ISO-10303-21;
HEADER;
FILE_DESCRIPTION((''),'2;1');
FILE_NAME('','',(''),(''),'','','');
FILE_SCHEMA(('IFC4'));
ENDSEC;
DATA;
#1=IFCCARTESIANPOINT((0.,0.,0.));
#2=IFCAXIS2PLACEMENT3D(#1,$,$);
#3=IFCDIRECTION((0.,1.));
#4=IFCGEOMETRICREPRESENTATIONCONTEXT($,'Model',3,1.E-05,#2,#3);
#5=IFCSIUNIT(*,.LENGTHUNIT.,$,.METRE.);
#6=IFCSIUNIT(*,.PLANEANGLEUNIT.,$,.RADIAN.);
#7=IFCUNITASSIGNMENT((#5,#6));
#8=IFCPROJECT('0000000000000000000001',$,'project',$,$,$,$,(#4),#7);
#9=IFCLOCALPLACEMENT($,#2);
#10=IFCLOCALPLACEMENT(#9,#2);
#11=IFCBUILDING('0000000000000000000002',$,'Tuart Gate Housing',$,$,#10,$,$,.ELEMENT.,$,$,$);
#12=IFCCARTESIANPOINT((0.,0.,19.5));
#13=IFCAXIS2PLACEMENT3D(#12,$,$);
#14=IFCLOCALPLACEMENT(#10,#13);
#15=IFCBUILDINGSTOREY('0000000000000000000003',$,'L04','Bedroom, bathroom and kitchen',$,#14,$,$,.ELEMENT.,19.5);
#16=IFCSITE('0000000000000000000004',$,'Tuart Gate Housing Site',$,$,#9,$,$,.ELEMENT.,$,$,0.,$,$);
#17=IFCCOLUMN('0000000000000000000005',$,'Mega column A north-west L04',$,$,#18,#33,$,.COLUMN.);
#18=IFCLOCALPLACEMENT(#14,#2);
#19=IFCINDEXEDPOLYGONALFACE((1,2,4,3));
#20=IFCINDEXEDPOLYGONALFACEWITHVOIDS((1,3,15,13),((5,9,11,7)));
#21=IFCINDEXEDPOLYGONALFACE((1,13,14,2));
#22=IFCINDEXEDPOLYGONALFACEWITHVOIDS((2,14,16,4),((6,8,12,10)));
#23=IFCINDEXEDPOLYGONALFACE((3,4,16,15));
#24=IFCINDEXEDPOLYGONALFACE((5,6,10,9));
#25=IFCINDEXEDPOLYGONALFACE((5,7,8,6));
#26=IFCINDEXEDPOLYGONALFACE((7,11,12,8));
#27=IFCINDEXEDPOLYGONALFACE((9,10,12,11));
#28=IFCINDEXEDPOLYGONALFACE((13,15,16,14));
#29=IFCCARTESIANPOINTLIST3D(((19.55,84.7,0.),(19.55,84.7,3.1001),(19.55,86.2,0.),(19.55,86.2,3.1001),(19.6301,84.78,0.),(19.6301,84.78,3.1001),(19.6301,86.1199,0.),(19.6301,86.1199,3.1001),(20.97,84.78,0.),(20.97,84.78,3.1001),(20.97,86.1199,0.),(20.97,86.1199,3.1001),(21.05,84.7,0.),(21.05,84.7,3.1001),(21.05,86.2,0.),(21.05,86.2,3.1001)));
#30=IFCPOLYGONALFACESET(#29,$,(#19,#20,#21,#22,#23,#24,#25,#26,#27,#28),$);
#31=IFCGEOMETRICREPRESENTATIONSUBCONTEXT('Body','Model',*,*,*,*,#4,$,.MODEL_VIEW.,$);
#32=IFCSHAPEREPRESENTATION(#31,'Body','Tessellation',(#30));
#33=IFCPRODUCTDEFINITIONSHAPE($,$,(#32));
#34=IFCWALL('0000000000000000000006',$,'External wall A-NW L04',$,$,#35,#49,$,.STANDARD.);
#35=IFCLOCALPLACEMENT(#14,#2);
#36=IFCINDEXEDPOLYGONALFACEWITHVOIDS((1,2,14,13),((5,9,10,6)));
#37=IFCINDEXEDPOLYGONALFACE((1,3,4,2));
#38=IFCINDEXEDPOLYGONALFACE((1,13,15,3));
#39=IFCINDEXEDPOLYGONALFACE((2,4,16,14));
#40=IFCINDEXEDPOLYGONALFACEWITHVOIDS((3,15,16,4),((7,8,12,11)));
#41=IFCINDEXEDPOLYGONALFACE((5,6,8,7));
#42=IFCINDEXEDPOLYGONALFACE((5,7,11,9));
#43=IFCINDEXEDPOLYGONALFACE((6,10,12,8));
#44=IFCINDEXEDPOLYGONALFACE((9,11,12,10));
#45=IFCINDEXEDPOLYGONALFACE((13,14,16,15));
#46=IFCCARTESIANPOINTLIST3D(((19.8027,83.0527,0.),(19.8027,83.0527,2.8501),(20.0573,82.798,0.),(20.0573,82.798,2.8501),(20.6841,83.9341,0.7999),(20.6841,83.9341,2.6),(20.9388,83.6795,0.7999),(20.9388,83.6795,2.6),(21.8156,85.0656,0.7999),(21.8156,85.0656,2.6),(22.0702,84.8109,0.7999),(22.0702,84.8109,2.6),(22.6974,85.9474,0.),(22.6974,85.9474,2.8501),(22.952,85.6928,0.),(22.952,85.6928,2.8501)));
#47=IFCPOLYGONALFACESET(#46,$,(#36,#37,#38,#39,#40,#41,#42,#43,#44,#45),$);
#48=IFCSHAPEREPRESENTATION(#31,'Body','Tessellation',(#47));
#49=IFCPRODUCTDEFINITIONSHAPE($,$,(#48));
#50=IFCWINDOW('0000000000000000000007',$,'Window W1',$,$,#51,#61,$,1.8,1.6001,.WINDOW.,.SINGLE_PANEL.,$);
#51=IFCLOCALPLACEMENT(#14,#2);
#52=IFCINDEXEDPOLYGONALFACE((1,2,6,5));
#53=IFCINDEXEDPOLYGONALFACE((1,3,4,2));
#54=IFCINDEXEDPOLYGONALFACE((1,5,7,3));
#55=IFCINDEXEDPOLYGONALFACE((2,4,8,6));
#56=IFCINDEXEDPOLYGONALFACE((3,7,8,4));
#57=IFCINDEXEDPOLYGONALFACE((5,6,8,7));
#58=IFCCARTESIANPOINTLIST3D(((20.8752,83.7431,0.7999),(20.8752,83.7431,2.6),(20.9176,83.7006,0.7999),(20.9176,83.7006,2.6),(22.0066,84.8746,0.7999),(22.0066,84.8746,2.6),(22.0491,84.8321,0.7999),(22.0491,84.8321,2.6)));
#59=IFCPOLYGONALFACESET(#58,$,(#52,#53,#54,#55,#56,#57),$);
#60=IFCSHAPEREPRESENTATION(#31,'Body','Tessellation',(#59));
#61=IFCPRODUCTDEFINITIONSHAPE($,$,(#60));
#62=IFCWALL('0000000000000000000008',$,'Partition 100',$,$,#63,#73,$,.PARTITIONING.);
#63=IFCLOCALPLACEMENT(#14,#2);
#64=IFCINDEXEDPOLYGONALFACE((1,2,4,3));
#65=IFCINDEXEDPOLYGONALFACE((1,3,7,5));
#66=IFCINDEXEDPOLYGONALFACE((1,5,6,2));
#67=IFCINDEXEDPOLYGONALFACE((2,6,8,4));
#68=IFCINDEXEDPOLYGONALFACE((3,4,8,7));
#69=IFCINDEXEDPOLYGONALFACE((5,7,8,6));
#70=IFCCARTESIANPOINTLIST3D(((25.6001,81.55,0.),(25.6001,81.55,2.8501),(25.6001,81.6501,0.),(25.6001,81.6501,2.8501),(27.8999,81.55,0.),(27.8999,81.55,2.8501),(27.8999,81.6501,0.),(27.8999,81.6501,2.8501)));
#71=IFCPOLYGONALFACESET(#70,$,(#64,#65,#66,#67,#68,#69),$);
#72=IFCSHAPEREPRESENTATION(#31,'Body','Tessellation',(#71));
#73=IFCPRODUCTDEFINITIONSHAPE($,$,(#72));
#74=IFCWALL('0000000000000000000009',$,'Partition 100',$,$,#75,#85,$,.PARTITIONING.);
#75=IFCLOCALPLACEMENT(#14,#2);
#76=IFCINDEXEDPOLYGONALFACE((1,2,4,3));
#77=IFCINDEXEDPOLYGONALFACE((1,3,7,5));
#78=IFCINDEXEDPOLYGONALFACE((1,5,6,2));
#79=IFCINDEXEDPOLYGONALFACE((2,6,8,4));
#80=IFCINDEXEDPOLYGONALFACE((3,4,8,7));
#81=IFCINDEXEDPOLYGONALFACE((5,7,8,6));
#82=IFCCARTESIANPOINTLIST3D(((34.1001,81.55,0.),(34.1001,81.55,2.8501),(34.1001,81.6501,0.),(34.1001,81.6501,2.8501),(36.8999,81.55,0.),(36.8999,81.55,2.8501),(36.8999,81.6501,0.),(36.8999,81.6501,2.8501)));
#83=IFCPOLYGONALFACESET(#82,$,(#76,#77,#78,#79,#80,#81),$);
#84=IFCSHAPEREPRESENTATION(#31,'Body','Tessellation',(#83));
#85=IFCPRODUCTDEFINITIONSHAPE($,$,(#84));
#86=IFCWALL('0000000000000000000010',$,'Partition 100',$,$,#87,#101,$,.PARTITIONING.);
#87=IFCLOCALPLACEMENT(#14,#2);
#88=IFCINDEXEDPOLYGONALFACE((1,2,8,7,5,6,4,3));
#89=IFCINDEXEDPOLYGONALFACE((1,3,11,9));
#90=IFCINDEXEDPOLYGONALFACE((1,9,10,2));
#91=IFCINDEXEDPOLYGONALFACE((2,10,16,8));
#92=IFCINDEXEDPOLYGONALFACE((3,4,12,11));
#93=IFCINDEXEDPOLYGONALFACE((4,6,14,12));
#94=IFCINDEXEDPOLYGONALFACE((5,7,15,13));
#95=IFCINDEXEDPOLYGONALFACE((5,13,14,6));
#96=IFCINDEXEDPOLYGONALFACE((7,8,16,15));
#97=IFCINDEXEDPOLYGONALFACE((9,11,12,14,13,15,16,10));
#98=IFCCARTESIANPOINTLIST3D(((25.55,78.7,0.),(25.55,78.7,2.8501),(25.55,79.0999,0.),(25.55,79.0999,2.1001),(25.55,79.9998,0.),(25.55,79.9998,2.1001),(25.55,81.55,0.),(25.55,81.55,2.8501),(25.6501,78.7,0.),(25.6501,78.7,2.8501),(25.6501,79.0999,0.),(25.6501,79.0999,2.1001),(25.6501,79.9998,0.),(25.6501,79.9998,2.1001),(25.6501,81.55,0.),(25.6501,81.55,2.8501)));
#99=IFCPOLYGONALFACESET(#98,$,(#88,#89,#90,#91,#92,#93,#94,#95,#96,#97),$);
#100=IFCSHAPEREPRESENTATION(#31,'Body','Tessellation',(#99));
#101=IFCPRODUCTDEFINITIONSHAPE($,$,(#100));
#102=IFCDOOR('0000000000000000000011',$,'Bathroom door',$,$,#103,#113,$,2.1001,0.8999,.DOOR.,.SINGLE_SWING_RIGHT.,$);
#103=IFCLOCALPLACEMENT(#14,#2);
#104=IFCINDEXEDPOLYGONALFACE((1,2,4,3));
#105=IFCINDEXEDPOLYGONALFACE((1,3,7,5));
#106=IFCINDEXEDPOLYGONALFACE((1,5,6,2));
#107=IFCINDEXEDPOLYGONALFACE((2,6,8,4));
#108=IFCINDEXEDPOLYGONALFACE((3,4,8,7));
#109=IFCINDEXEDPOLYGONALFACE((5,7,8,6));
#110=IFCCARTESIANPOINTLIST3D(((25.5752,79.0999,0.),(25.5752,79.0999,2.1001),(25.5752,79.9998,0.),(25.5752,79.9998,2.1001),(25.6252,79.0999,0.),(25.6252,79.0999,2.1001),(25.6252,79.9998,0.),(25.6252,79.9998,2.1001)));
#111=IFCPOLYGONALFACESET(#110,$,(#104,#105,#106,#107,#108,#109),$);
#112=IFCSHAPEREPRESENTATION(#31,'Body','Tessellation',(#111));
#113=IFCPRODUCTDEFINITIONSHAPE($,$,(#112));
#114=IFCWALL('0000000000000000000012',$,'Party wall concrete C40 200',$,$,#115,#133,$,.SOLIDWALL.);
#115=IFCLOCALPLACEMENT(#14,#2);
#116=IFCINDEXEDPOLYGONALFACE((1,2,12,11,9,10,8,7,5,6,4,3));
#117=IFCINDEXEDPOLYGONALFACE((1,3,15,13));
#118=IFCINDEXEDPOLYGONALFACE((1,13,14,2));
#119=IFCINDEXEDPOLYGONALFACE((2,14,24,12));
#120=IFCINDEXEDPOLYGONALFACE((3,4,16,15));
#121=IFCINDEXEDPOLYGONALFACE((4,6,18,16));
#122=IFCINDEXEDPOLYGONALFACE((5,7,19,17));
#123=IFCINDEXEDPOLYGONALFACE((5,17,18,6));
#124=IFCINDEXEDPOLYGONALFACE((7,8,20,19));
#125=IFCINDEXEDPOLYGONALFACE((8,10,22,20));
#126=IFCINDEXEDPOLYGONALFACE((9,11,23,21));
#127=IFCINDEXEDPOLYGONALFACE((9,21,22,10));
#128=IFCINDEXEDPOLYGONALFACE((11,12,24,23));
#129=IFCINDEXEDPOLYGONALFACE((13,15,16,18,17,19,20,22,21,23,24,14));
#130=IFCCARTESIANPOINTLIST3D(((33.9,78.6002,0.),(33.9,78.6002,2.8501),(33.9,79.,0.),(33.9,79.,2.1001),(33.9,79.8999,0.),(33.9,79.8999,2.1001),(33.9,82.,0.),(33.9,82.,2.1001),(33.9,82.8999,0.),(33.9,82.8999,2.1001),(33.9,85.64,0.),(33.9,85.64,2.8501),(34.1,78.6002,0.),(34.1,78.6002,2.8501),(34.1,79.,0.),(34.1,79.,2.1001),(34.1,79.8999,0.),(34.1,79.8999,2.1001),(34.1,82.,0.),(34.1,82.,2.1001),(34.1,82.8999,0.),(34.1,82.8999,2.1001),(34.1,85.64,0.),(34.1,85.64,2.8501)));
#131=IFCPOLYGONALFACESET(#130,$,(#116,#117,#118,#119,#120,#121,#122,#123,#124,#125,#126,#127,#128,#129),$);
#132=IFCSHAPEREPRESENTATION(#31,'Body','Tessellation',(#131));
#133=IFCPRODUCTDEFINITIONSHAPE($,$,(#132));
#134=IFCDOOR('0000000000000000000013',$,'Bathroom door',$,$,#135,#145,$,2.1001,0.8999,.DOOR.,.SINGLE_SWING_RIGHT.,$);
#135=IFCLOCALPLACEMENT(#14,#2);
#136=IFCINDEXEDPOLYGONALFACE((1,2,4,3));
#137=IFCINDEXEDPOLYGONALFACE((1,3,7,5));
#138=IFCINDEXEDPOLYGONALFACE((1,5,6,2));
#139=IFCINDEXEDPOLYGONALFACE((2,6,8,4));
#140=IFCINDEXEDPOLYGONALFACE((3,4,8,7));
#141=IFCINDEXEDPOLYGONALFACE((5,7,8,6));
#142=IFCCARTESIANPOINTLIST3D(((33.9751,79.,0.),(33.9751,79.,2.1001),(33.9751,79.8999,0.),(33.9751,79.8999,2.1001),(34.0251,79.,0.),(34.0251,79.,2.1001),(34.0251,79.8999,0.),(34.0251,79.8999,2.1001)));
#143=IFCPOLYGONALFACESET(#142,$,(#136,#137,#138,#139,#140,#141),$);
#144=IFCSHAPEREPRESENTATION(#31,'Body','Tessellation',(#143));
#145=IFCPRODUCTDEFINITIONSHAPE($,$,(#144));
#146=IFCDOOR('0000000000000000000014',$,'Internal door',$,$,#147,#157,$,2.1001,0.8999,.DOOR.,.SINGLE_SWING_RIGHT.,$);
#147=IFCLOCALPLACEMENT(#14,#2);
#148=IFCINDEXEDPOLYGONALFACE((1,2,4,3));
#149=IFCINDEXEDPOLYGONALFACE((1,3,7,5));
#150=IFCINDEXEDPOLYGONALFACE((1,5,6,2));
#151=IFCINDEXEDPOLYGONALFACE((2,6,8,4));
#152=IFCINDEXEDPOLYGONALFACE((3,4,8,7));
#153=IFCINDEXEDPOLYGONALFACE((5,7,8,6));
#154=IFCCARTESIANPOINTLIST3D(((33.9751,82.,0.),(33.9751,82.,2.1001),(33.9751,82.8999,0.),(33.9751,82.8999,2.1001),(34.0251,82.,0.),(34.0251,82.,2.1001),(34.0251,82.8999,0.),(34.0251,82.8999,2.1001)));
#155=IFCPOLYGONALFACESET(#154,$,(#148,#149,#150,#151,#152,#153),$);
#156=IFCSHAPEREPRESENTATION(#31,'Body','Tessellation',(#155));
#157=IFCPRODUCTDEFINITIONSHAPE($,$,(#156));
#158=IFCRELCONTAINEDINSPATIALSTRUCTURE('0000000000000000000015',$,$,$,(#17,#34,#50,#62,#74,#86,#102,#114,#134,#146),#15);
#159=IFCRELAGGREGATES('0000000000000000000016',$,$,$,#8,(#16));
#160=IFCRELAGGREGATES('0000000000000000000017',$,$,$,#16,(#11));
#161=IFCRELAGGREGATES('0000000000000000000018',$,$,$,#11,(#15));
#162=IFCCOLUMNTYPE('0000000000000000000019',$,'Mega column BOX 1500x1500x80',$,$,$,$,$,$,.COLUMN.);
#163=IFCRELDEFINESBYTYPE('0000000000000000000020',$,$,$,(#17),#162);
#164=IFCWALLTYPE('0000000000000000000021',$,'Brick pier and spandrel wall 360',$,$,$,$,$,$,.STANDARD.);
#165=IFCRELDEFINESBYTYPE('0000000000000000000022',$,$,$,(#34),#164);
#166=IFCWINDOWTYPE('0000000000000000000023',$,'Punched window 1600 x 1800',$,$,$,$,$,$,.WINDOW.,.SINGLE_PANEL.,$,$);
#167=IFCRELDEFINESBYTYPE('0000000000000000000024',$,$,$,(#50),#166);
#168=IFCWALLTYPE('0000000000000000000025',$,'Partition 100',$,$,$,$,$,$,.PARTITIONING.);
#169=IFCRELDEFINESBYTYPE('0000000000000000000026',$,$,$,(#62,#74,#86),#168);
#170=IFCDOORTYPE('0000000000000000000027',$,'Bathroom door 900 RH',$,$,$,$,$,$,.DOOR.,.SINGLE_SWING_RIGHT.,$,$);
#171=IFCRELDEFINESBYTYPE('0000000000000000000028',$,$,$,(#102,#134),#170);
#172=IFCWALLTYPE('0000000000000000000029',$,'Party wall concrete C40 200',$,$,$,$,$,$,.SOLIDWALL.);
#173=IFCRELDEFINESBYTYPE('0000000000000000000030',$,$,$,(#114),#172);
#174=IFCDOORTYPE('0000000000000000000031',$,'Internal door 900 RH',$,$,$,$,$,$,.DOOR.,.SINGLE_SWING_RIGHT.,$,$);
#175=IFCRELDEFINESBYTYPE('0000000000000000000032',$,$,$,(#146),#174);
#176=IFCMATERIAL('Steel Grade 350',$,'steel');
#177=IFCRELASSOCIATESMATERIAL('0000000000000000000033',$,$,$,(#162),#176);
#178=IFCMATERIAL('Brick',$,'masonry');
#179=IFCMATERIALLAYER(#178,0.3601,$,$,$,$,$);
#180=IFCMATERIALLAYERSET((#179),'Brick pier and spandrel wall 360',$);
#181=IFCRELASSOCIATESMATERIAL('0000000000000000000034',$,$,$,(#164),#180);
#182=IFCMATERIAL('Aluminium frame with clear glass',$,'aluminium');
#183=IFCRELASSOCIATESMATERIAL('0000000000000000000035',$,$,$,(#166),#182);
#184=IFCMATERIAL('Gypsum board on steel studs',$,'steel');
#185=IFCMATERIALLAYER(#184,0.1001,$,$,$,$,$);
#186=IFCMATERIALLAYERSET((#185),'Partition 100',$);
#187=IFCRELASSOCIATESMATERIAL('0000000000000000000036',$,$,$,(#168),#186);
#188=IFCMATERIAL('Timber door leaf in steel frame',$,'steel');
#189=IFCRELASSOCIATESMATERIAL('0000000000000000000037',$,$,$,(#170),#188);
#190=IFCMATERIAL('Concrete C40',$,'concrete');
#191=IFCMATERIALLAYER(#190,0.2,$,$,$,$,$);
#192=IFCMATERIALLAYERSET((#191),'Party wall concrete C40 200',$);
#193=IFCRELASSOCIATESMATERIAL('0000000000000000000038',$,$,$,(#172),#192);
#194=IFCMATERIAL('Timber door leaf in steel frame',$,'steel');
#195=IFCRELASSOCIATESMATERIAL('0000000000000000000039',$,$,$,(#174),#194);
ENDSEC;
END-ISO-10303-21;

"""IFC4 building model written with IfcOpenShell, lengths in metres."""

from ifc_helpers import new_model, si_unit, direction, frame, frame_2d, origin, origin_2d, place, context, subcontext, project, spatial, rectangle, hollow_rectangle, extrude, material, layer, layer_set, material_profile, profile_set, type_object, element, fill, save


model = new_model("IFC4")

# Units and contexts
model_context = context("Model", 3, precision=1e-05, world=origin(), true_north=direction((0.0, 1.0)))
body_context = subcontext(model_context, "Body", "Model", "MODEL_VIEW")
ifc_project = project(units=[si_unit("LENGTHUNIT", "METRE"), si_unit("PLANEANGLEUNIT", "RADIAN")], contexts=[model_context])

# Site, building, storey
site_placement = place(None, origin())
site = spatial("IfcSite", under=ifc_project, at=site_placement, Name="Tuart Gate Housing Site", CompositionType="ELEMENT", RefElevation=0.0)
building_placement = place(site_placement, origin())
building = spatial("IfcBuilding", under=site, at=building_placement, Name="Tuart Gate Housing", CompositionType="ELEMENT")
storey_placement = place(building_placement, frame((0.0, 0.0, 19.5)))
storey = spatial("IfcBuildingStorey", under=building, at=storey_placement, Name="L04", Description="Bedroom, bathroom and kitchen", CompositionType="ELEMENT", Elevation=19.5)

# Column
ifc_material_1 = material(Name="Steel Grade 350", Category="steel")
ifc_material_profile = material_profile(ifc_material_1, hollow_rectangle(XDim=1.5, YDim=1.5, WallThickness=0.0801, at=origin_2d()), Name="BOX 1500x1500x80")
ifc_profile_set = profile_set([ifc_material_profile], Name="Steel Grade 350")
column_type = type_object("IfcColumnType", Name="Mega column BOX 1500x1500x80", PredefinedType="COLUMN", material=ifc_profile_set)
column_placement = place(storey_placement, frame((20.3, 85.45, 0.0), z_axis=(0.0, 0.0, 1.0), x_axis=(1.0, 0.0, 0.0)))
element("IfcColumn", 1, at=column_placement, inside=storey, type_object=column_type, Name="Mega column A north-west L04", PredefinedType="COLUMN", context=body_context, shape_type="SweptSolid", body=[
    extrude(hollow_rectangle(XDim=1.5, YDim=1.5, WallThickness=0.0801, at=origin_2d()), origin(), (0.0, 0.0, 1.0), 3.1001),
])

# Wall, opening, window
ifc_material_2 = material(Name="Brick", Category="masonry")
ifc_layer_1 = layer(ifc_material_2, 0.3601)
ifc_layer_set_1 = layer_set([ifc_layer_1], Name="Brick pier and spandrel wall 360")
wall_type_1 = type_object("IfcWallType", Name="Brick pier and spandrel wall 360", PredefinedType="STANDARD", material=ifc_layer_set_1)
wall_1_placement = place(storey_placement, frame((22.8247, 85.8201, 0.0), z_axis=(0.0, 0.0, 1.0), x_axis=(-0.707107, -0.707107, 0.0)))
wall_1 = element("IfcWall", 2, at=wall_1_placement, inside=storey, type_object=wall_type_1, Name="External wall A-NW L04", PredefinedType="STANDARD", context=body_context, shape_type="SweptSolid", body=[
    extrude(rectangle(XDim=4.0938, YDim=0.3601, at=frame_2d((2.0469, 0.0))), origin(), (0.0, 0.0, 1.0), 2.8501),
])
opening_1_placement = place(wall_1_placement, frame((1.2471, 0.0, 0.8)))
opening_1 = element("IfcOpeningElement", 3, at=opening_1_placement, cuts=wall_1, PredefinedType="OPENING", context=body_context, shape_type="SweptSolid", body=[
    extrude(rectangle(XDim=1.6001, YDim=1.8, at=frame_2d((0.8, 0.8999))), frame((0.0, 0.1899, 0.0), z_axis=(0.0, -1.0, 0.0), x_axis=(1.0, 0.0, 0.0)), (0.0, 0.0, 1.0), 0.3801),
])
ifc_material_3 = material(Name="Aluminium frame with clear glass", Category="aluminium")
window_type_1 = type_object("IfcWindowType", Name="Punched window 1600 x 1800", PartitioningType="SINGLE_PANEL", PredefinedType="WINDOW", material=ifc_material_3)
window_1_placement = place(opening_1_placement, origin())
window_1 = element("IfcWindow", 4, at=window_1_placement, inside=storey, type_object=window_type_1, Name="Window W1", OverallHeight=1.8, OverallWidth=1.6001, PartitioningType="SINGLE_PANEL", PredefinedType="WINDOW", context=body_context, shape_type="SweptSolid", body=[
    extrude(rectangle(XDim=1.6001, YDim=1.8, at=frame_2d((0.8, 0.8999))), frame((0.0, 0.1501, 0.0), z_axis=(0.0, -1.0, 0.0), x_axis=(1.0, 0.0, 0.0)), (0.0, 0.0, 1.0), 0.0601),
])
fill(opening_1, window_1)

# Walls
ifc_material_4 = material(Name="Gypsum board on steel studs", Category="steel")
ifc_layer_2 = layer(ifc_material_4, 0.1001)
ifc_layer_set_2 = layer_set([ifc_layer_2], Name="Partition 100")
wall_type_2 = type_object("IfcWallType", Name="Partition 100", PredefinedType="PARTITIONING", material=ifc_layer_set_2)
wall_2_placement = place(storey_placement, frame((25.6001, 81.6001, 0.0), z_axis=(0.0, 0.0, 1.0), x_axis=(1.0, 0.0, 0.0)))
element("IfcWall", 5, at=wall_2_placement, inside=storey, type_object=wall_type_2, Name="Partition 100", PredefinedType="PARTITIONING", context=body_context, shape_type="SweptSolid", body=[
    extrude(rectangle(XDim=2.2998, YDim=0.1001, at=frame_2d((1.1499, 0.0))), origin(), (0.0, 0.0, 1.0), 2.8501),
])
wall_3_placement = place(storey_placement, frame((34.1001, 81.6001, 0.0), z_axis=(0.0, 0.0, 1.0), x_axis=(1.0, 0.0, 0.0)))
element("IfcWall", 6, at=wall_3_placement, inside=storey, type_object=wall_type_2, Name="Partition 100", PredefinedType="PARTITIONING", context=body_context, shape_type="SweptSolid", body=[
    extrude(rectangle(XDim=2.7998, YDim=0.1001, at=frame_2d((1.3999, 0.0))), origin(), (0.0, 0.0, 1.0), 2.8501),
])

# Wall, opening, door
wall_4_placement = place(storey_placement, frame((25.6001, 78.7, 0.0), z_axis=(0.0, 0.0, 1.0), x_axis=(0.0, 1.0, 0.0)))
wall_4 = element("IfcWall", 7, at=wall_4_placement, inside=storey, type_object=wall_type_2, Name="Partition 100", PredefinedType="PARTITIONING", context=body_context, shape_type="SweptSolid", body=[
    extrude(rectangle(XDim=2.8501, YDim=0.1001, at=frame_2d((1.425, 0.0))), origin(), (0.0, 0.0, 1.0), 2.8501),
])
opening_2_placement = place(wall_4_placement, frame((0.3999, 0.0, 0.0)))
opening_2 = element("IfcOpeningElement", 8, at=opening_2_placement, cuts=wall_4, PredefinedType="OPENING", context=body_context, shape_type="SweptSolid", body=[
    extrude(rectangle(XDim=0.8999, YDim=2.1001, at=frame_2d((0.45, 1.05))), frame((0.0, 0.0601, 0.0), z_axis=(0.0, -1.0, 0.0), x_axis=(1.0, 0.0, 0.0)), (0.0, 0.0, 1.0), 0.1201),
])
ifc_material_5 = material(Name="Timber door leaf in steel frame", Category="steel")
door_type_1 = type_object("IfcDoorType", Name="Bathroom door 900 RH", OperationType="SINGLE_SWING_RIGHT", PredefinedType="DOOR", material=ifc_material_5)
door_1_placement = place(opening_2_placement, frame((0.8999, 0.0, 0.0), z_axis=(0.0, 0.0, 1.0), x_axis=(-1.0, 0.0, 0.0)))
door_1 = element("IfcDoor", 9, at=door_1_placement, inside=storey, type_object=door_type_1, Name="Bathroom door", OperationType="SINGLE_SWING_RIGHT", OverallHeight=2.1001, OverallWidth=0.8999, PredefinedType="DOOR", context=body_context, shape_type="SweptSolid", body=[
    extrude(rectangle(XDim=0.8999, YDim=2.1001, at=frame_2d((0.45, 1.05))), frame((0.0, 0.0251, 0.0), z_axis=(0.0, -1.0, 0.0), x_axis=(1.0, 0.0, 0.0)), (0.0, 0.0, 1.0), 0.05),
])
fill(opening_2, door_1)

# Wall, openings, doors
ifc_material_6 = material(Name="Concrete C40", Category="concrete")
ifc_layer_3 = layer(ifc_material_6, 0.2)
ifc_layer_set_3 = layer_set([ifc_layer_3], Name="Party wall concrete C40 200")
wall_type_3 = type_object("IfcWallType", Name="Party wall concrete C40 200", PredefinedType="SOLIDWALL", material=ifc_layer_set_3)
wall_5_placement = place(storey_placement, frame((34.0, 78.6001, 0.0), z_axis=(0.0, 0.0, 1.0), x_axis=(0.0, 1.0, 0.0)))
wall_5 = element("IfcWall", 10, at=wall_5_placement, inside=storey, type_object=wall_type_3, Name="Party wall concrete C40 200", PredefinedType="SOLIDWALL", context=body_context, shape_type="SweptSolid", body=[
    extrude(rectangle(XDim=7.0398, YDim=0.2, at=frame_2d((3.52, 0.0))), origin(), (0.0, 0.0, 1.0), 2.8501),
])
opening_3_placement = place(wall_5_placement, frame((3.3999, 0.0, 0.0)))
opening_3 = element("IfcOpeningElement", 11, at=opening_3_placement, cuts=wall_5, PredefinedType="OPENING", context=body_context, shape_type="SweptSolid", body=[
    extrude(rectangle(XDim=0.8999, YDim=2.1001, at=frame_2d((0.45, 1.05))), frame((0.0, 0.1099, 0.0), z_axis=(0.0, -1.0, 0.0), x_axis=(1.0, 0.0, 0.0)), (0.0, 0.0, 1.0), 0.22),
])
opening_4_placement = place(wall_5_placement, frame((0.3999, 0.0, 0.0)))
opening_4 = element("IfcOpeningElement", 12, at=opening_4_placement, cuts=wall_5, PredefinedType="OPENING", context=body_context, shape_type="SweptSolid", body=[
    extrude(rectangle(XDim=0.8999, YDim=2.1001, at=frame_2d((0.45, 1.05))), frame((0.0, 0.1099, 0.0), z_axis=(0.0, -1.0, 0.0), x_axis=(1.0, 0.0, 0.0)), (0.0, 0.0, 1.0), 0.22),
])
door_2_placement = place(opening_4_placement, frame((0.8999, 0.0, 0.0), z_axis=(0.0, 0.0, 1.0), x_axis=(-1.0, 0.0, 0.0)))
door_2 = element("IfcDoor", 13, at=door_2_placement, inside=storey, type_object=door_type_1, Name="Bathroom door", OperationType="SINGLE_SWING_RIGHT", OverallHeight=2.1001, OverallWidth=0.8999, PredefinedType="DOOR", context=body_context, shape_type="SweptSolid", body=[
    extrude(rectangle(XDim=0.8999, YDim=2.1001, at=frame_2d((0.45, 1.05))), frame((0.0, 0.0251, 0.0), z_axis=(0.0, -1.0, 0.0), x_axis=(1.0, 0.0, 0.0)), (0.0, 0.0, 1.0), 0.05),
])
fill(opening_4, door_2)
ifc_material_7 = material(Name="Timber door leaf in steel frame", Category="steel")
door_type_2 = type_object("IfcDoorType", Name="Internal door 900 RH", OperationType="SINGLE_SWING_RIGHT", PredefinedType="DOOR", material=ifc_material_7)
door_3_placement = place(opening_3_placement, frame((0.8999, 0.0, 0.0), z_axis=(0.0, 0.0, 1.0), x_axis=(-1.0, 0.0, 0.0)))
door_3 = element("IfcDoor", 14, at=door_3_placement, inside=storey, type_object=door_type_2, Name="Internal door", OperationType="SINGLE_SWING_RIGHT", OverallHeight=2.1001, OverallWidth=0.8999, PredefinedType="DOOR", context=body_context, shape_type="SweptSolid", body=[
    extrude(rectangle(XDim=0.8999, YDim=2.1001, at=frame_2d((0.45, 1.05))), frame((0.0, 0.0251, 0.0), z_axis=(0.0, -1.0, 0.0), x_axis=(1.0, 0.0, 0.0)), (0.0, 0.0, 1.0), 0.05),
])
fill(opening_3, door_3)

save(model, "model.ifc")
